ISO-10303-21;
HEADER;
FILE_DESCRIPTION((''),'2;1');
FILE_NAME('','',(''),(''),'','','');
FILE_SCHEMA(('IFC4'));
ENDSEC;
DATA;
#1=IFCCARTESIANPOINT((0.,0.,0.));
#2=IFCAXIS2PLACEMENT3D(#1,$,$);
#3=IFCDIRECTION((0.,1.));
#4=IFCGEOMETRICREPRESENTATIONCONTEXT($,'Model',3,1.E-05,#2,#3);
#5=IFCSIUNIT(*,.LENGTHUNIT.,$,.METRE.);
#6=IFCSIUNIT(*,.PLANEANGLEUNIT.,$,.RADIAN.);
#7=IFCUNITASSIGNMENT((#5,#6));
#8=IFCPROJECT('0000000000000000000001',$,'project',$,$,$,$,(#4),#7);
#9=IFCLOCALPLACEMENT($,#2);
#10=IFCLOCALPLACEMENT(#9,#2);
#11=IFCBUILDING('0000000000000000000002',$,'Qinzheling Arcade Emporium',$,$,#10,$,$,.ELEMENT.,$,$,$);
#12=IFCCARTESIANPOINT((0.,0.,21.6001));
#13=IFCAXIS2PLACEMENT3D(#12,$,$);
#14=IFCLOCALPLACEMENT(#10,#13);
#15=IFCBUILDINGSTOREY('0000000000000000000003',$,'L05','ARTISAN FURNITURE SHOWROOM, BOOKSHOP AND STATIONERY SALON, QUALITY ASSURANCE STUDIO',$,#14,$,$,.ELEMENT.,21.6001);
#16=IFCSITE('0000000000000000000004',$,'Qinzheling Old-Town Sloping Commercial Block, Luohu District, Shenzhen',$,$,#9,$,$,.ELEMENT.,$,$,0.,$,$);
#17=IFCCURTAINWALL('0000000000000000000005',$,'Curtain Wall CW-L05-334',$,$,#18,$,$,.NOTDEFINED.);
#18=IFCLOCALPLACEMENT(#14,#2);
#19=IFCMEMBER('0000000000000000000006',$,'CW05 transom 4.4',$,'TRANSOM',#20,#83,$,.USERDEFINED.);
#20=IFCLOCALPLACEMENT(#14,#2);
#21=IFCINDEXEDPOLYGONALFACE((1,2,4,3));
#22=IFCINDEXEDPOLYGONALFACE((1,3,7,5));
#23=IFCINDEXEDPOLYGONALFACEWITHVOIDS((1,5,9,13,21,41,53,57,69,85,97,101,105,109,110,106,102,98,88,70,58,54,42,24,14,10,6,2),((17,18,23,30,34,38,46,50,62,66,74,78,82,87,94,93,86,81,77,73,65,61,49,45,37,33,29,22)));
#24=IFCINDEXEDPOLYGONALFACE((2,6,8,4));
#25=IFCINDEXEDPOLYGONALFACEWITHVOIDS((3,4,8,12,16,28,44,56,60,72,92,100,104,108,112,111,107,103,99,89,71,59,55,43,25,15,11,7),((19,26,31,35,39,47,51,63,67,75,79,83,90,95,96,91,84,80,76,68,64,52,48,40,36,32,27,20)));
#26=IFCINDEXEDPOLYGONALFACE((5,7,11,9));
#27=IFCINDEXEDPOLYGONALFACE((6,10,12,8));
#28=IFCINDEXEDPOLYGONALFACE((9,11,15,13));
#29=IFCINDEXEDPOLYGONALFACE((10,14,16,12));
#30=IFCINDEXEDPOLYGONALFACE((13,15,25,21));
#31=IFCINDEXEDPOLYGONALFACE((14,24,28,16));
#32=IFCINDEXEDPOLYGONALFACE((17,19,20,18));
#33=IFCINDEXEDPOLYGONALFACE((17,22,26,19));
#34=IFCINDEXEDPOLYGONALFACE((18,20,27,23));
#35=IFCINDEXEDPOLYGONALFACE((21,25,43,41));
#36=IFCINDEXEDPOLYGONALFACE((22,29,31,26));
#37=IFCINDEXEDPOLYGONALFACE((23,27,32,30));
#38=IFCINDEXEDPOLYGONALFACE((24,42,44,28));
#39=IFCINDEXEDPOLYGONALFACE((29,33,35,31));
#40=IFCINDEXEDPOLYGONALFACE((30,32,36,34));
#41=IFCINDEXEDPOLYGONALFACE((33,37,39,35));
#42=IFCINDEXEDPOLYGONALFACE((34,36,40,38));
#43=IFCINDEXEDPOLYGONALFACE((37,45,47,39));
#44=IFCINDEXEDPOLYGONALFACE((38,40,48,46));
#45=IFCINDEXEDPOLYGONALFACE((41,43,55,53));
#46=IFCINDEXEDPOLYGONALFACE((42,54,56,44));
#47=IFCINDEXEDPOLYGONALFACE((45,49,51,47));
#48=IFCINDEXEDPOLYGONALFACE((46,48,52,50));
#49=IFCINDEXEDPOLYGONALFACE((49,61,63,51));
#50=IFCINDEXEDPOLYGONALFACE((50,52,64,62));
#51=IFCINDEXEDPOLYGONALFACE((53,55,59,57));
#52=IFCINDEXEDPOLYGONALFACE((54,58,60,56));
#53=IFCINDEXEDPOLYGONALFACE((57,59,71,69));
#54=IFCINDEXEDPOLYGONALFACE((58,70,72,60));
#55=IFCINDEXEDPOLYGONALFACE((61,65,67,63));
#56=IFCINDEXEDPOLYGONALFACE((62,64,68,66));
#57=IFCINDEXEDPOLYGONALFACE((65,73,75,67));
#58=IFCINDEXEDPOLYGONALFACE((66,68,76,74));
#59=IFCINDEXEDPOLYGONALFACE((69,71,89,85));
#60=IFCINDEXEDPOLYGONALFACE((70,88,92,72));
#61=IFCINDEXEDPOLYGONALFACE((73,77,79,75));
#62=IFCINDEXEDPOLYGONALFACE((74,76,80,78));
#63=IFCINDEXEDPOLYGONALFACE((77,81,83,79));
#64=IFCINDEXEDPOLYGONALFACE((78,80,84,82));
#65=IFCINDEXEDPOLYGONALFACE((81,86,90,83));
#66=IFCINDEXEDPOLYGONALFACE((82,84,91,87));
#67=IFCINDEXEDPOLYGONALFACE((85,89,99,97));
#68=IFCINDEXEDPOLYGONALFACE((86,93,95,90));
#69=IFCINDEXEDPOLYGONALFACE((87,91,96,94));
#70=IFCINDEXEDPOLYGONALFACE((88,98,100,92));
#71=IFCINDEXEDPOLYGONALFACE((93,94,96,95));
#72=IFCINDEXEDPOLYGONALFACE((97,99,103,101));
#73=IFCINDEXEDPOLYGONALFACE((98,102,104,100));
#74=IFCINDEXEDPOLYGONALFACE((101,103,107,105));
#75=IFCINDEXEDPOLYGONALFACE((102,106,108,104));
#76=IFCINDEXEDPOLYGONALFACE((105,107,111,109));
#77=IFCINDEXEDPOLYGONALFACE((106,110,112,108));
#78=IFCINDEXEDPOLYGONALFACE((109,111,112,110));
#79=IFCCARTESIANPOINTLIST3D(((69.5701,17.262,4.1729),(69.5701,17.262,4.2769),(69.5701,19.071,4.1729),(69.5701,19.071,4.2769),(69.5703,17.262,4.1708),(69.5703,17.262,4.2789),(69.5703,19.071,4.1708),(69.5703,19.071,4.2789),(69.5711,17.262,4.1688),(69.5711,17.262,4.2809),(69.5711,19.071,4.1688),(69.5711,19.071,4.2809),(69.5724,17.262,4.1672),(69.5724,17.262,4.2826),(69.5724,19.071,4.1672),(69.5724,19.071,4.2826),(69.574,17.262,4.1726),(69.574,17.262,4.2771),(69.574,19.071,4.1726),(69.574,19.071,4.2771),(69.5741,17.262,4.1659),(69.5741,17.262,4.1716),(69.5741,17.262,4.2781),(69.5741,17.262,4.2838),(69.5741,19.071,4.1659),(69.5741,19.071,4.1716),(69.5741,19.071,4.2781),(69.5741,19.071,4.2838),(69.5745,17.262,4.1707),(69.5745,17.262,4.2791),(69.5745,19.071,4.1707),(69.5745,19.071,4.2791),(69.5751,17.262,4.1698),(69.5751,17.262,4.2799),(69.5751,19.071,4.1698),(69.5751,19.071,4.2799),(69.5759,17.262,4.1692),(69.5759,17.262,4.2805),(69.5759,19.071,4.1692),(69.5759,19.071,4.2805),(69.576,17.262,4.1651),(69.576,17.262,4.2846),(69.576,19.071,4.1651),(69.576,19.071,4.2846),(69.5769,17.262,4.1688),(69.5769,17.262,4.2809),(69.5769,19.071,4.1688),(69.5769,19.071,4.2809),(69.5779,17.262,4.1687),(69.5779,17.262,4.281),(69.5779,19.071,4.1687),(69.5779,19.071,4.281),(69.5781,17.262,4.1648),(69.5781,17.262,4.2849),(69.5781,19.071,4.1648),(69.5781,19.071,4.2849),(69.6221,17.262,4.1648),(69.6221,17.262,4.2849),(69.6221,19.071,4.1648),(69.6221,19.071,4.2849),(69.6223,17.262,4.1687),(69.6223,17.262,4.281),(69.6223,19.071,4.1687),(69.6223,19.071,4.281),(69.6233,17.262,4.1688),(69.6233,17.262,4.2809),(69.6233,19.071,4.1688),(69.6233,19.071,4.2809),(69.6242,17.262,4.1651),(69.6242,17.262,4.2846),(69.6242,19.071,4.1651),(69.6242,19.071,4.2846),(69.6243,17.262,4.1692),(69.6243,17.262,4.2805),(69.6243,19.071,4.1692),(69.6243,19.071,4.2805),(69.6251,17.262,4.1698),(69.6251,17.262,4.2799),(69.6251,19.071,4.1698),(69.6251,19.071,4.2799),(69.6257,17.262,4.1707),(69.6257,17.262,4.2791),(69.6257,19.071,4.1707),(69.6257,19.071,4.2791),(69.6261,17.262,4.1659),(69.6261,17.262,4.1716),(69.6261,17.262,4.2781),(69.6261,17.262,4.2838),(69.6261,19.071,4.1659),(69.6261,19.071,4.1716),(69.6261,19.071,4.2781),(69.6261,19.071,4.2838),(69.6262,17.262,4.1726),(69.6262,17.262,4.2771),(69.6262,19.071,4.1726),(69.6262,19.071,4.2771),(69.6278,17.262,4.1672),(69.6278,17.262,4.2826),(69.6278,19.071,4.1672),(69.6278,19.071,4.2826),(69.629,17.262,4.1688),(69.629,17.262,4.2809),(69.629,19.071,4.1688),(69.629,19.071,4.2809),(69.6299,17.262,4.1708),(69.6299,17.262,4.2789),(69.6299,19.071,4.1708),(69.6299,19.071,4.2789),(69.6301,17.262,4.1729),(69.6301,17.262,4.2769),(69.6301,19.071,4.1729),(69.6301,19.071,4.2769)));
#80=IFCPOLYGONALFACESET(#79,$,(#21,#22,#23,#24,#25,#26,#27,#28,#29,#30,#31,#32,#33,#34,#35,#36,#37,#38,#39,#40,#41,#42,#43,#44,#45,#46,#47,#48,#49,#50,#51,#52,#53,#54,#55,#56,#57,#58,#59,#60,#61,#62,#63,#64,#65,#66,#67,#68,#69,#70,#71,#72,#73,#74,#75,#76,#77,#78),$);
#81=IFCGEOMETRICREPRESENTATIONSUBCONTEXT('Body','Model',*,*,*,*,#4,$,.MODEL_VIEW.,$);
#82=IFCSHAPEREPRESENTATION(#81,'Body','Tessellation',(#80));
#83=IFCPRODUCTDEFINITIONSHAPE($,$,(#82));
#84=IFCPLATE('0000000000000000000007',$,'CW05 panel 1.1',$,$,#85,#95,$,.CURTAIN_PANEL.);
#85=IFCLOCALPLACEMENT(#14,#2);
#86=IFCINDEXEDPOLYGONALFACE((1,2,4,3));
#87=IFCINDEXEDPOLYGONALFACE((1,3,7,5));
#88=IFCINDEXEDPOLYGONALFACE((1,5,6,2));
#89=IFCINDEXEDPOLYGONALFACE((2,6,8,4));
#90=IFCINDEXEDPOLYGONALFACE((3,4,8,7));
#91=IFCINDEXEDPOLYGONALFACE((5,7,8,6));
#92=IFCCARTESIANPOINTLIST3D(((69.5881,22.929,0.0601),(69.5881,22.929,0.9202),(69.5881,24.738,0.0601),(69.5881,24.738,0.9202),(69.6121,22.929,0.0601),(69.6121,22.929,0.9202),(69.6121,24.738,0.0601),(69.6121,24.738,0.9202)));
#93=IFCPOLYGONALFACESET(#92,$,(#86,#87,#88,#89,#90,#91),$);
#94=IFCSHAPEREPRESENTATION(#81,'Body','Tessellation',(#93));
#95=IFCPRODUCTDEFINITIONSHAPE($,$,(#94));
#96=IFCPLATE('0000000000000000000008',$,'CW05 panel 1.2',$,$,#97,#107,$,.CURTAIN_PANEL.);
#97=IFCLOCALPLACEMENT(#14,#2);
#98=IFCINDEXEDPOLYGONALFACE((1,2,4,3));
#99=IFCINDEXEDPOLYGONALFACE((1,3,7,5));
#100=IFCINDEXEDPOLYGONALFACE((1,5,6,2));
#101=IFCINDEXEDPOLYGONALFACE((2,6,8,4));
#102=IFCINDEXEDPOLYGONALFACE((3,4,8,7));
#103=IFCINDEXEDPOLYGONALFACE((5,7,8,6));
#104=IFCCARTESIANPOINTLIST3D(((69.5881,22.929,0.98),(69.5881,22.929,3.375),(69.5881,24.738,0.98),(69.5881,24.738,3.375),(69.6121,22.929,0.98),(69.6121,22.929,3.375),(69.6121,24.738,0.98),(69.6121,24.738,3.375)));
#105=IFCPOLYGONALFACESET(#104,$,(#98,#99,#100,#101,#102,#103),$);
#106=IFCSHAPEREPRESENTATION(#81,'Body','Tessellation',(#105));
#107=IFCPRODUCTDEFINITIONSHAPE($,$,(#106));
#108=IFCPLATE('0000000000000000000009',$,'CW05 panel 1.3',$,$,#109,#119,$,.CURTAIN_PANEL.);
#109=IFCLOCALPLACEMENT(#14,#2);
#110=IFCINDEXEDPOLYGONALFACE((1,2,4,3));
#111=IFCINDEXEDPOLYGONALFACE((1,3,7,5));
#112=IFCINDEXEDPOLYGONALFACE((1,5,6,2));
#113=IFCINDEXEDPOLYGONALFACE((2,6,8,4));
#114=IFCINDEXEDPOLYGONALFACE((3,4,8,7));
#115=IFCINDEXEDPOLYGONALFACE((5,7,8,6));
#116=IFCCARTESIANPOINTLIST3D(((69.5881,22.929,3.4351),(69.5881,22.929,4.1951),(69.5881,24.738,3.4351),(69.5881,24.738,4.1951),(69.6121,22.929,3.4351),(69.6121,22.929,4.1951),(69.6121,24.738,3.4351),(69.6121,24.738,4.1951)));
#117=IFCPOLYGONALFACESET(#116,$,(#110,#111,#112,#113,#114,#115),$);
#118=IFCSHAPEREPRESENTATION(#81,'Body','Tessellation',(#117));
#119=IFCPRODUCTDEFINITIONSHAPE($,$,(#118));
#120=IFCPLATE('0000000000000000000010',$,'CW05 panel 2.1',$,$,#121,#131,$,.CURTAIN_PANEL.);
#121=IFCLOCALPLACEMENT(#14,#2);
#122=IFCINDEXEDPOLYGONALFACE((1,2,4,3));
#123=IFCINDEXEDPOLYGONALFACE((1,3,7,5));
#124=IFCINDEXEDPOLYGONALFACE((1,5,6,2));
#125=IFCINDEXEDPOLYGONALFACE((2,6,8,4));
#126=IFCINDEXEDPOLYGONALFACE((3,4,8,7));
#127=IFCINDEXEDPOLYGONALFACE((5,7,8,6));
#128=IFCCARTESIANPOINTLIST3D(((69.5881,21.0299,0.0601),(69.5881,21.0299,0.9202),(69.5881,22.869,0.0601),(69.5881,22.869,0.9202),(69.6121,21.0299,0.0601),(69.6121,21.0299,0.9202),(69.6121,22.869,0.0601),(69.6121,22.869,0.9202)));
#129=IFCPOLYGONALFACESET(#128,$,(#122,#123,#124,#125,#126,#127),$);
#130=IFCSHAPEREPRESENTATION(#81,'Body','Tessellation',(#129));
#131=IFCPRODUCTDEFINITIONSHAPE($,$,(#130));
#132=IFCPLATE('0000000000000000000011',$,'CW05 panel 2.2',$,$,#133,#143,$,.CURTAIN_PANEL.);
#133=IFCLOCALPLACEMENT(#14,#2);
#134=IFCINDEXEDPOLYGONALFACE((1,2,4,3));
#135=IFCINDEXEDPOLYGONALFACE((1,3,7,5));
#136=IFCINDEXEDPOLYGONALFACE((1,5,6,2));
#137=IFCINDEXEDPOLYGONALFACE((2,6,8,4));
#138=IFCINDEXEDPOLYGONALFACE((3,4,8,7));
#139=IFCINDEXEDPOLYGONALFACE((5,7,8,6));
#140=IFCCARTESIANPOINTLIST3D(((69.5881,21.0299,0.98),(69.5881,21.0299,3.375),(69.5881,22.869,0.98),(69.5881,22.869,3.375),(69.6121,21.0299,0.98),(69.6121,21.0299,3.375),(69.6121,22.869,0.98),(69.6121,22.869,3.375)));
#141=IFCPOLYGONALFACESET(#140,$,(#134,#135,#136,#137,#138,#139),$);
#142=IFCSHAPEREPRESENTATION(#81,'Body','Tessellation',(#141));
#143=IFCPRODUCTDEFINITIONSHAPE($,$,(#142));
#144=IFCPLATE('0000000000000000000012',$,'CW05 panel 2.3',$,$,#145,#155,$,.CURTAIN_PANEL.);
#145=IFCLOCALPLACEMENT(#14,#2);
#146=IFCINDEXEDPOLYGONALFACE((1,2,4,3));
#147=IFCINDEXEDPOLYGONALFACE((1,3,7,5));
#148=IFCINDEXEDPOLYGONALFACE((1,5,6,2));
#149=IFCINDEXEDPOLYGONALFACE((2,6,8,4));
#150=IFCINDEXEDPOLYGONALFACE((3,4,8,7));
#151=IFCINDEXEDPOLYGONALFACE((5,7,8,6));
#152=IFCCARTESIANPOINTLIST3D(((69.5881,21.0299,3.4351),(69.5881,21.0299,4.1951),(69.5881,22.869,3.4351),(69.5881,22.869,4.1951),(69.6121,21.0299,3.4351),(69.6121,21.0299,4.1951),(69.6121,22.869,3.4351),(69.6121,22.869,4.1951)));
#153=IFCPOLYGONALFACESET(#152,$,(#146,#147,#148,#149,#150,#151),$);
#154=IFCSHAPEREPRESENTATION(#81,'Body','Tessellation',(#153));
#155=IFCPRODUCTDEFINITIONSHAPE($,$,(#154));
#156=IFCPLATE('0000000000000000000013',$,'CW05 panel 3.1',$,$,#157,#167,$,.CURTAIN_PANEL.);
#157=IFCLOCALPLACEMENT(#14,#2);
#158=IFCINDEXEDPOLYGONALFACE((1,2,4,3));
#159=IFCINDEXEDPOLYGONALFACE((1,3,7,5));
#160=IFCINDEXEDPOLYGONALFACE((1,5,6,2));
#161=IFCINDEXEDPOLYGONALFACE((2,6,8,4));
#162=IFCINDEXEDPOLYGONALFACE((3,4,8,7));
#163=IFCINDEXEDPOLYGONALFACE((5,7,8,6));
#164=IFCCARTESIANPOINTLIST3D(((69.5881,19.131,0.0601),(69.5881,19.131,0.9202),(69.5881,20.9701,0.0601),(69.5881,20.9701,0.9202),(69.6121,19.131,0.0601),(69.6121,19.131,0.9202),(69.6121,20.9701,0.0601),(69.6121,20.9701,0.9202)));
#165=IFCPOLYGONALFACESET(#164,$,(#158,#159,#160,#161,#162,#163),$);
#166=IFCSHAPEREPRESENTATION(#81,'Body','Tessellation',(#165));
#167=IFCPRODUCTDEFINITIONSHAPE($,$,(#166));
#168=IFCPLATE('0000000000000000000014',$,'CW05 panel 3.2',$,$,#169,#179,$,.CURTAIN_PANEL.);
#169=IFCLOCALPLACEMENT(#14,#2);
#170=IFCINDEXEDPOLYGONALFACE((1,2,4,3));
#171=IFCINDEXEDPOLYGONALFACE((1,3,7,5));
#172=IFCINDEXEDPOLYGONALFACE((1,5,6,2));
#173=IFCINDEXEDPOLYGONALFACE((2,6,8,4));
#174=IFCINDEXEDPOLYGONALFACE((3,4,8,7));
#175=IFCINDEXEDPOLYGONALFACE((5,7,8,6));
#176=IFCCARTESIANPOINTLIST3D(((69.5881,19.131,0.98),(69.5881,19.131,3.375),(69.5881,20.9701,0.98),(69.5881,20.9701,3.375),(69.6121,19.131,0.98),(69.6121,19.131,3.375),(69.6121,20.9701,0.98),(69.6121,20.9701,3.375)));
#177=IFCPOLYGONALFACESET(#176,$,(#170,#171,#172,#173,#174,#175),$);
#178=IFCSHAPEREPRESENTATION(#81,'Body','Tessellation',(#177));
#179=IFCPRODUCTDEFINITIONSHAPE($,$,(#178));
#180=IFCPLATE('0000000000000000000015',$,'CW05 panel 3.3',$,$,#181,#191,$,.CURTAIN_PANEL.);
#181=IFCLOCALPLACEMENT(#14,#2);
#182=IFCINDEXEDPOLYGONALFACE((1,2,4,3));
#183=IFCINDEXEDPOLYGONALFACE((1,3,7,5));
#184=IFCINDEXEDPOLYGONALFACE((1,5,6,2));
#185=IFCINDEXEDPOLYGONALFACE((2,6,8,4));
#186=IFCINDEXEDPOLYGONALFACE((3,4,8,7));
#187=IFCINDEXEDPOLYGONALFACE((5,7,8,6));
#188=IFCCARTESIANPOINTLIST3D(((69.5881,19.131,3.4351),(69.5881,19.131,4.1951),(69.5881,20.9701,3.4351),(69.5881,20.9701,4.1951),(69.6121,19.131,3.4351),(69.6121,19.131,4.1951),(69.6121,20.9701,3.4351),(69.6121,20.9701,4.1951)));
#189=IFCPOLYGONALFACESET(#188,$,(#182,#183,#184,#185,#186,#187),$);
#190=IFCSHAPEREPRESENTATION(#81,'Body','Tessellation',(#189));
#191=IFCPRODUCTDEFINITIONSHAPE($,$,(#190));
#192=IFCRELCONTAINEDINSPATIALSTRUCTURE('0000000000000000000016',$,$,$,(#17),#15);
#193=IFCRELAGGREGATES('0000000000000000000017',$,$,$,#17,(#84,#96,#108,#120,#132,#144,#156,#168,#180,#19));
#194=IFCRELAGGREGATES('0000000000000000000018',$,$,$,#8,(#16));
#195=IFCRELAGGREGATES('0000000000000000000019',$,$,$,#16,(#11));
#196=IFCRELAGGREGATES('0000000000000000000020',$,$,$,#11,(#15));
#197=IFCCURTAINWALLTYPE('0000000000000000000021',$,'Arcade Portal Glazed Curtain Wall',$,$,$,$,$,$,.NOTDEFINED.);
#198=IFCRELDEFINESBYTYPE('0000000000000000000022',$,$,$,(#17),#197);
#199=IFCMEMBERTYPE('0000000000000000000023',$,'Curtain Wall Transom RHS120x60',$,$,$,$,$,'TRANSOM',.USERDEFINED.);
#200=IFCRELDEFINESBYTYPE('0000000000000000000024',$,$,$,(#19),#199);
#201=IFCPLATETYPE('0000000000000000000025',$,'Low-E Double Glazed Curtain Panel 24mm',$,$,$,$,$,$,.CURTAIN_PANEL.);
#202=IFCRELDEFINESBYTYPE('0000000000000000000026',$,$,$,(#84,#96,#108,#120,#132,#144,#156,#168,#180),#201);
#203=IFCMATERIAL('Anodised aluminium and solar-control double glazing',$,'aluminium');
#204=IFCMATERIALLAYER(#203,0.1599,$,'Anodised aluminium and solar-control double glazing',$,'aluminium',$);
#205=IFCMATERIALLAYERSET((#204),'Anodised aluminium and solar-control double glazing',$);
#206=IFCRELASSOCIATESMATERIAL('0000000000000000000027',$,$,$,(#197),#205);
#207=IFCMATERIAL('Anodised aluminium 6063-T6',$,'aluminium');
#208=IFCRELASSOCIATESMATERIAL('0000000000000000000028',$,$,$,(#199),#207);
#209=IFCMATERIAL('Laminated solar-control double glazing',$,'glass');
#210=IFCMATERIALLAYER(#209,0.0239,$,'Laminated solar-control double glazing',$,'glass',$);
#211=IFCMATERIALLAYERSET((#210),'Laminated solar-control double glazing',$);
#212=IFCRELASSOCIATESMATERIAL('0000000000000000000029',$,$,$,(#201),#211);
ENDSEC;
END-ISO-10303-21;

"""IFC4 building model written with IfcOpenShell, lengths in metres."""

from ifc_helpers import new_model, si_unit, direction, frame, origin, origin_2d, place, context, subcontext, project, spatial, rectangle, hollow_rectangle, extrude, material, layer, layer_set, material_profile, profile_set, type_object, element, aggregate, save


model = new_model("IFC4")

# Units and contexts
model_context = context("Model", 3, precision=1e-05, world=origin(), true_north=direction((0.0, 1.0)))
body_context = subcontext(model_context, "Body", "Model", "MODEL_VIEW")
ifc_project = project(units=[si_unit("LENGTHUNIT", "METRE"), si_unit("PLANEANGLEUNIT", "RADIAN")], contexts=[model_context])

# Site, building, storey
site_placement = place(None, origin())
site = spatial("IfcSite", under=ifc_project, at=site_placement, Name="Qinzheling Old-Town Sloping Commercial Block, Luohu District, Shenzhen", CompositionType="ELEMENT", RefElevation=0.0)
building_placement = place(site_placement, origin())
building = spatial("IfcBuilding", under=site, at=building_placement, Name="Qinzheling Arcade Emporium", CompositionType="ELEMENT")
storey_placement = place(building_placement, frame((0.0, 0.0, 21.6001)))
storey = spatial("IfcBuildingStorey", under=building, at=storey_placement, Name="L05", Description="ARTISAN FURNITURE SHOWROOM, BOOKSHOP AND STATIONERY SALON, QUALITY ASSURANCE STUDIO", CompositionType="ELEMENT", Elevation=21.6001)

# Curtain wall, member, plates
ifc_material_1 = material(Name="Anodised aluminium and solar-control double glazing", Category="aluminium")
ifc_layer_1 = layer(ifc_material_1, 0.1599, Name="Anodised aluminium and solar-control double glazing", Category="aluminium")
ifc_layer_set_1 = layer_set([ifc_layer_1], Name="Anodised aluminium and solar-control double glazing")
curtain_wall_type = type_object("IfcCurtainWallType", Name="Arcade Portal Glazed Curtain Wall", PredefinedType="NOTDEFINED", material=ifc_layer_set_1)
curtain_wall_placement = place(storey_placement, origin())
curtain_wall = element("IfcCurtainWall", 1, at=curtain_wall_placement, inside=storey, type_object=curtain_wall_type, Name="Curtain Wall CW-L05-334", PredefinedType="NOTDEFINED")
ifc_material_2 = material(Name="Anodised aluminium 6063-T6", Category="aluminium")
ifc_material_profile_1 = material_profile(ifc_material_2, hollow_rectangle(XDim=0.0601, YDim=0.1201, WallThickness=0.0039, InnerFilletRadius=0.0039, OuterFilletRadius=0.0081, at=origin_2d()), Name="RHS 120x60x4", Category="aluminium")
ifc_profile_set_1 = profile_set([ifc_material_profile_1], Name="Anodised aluminium 6063-T6")
member_type_1 = type_object("IfcMemberType", Name="Curtain Wall Transom RHS120x60", ElementType="TRANSOM", PredefinedType="USERDEFINED", material=ifc_profile_set_1)
member_1_placement = place(storey_placement, frame((69.6001, 19.071, 4.2249), z_axis=(0.0, -1.0, 0.0), x_axis=(1.0, 0.0, 0.0)))
member_1 = element("IfcMember", 2, at=member_1_placement, type_object=member_type_1, Name="CW05 transom 4.4", ObjectType="TRANSOM", PredefinedType="USERDEFINED", context=body_context, shape_type="SweptSolid", body=[
    extrude(hollow_rectangle(XDim=0.0601, YDim=0.1201, WallThickness=0.0039, InnerFilletRadius=0.0039, OuterFilletRadius=0.0081, at=origin_2d()), origin(), (0.0, 0.0, 1.0), 1.8091),
])
ifc_material_3 = material(Name="Laminated solar-control double glazing", Category="glass")
ifc_layer_2 = layer(ifc_material_3, 0.0239, Name="Laminated solar-control double glazing", Category="glass")
ifc_layer_set_2 = layer_set([ifc_layer_2], Name="Laminated solar-control double glazing")
plate_type = type_object("IfcPlateType", Name="Low-E Double Glazed Curtain Panel 24mm", PredefinedType="CURTAIN_PANEL", material=ifc_layer_set_2)
plate_1_placement = place(storey_placement, frame((69.6001, 23.8335, 0.0601), z_axis=(0.0, 0.0, 1.0), x_axis=(0.0, -1.0, 0.0)))
plate_1 = element("IfcPlate", 3, at=plate_1_placement, type_object=plate_type, Name="CW05 panel 1.1", PredefinedType="CURTAIN_PANEL", context=body_context, shape_type="SweptSolid", body=[
    extrude(rectangle(XDim=1.8091, YDim=0.0239, at=origin_2d()), origin(), (0.0, 0.0, 1.0), 0.8601),
])
plate_2_placement = place(storey_placement, frame((69.6001, 23.8335, 0.98), z_axis=(0.0, 0.0, 1.0), x_axis=(0.0, -1.0, 0.0)))
plate_2 = element("IfcPlate", 4, at=plate_2_placement, type_object=plate_type, Name="CW05 panel 1.2", PredefinedType="CURTAIN_PANEL", context=body_context, shape_type="SweptSolid", body=[
    extrude(rectangle(XDim=1.8091, YDim=0.0239, at=origin_2d()), origin(), (0.0, 0.0, 1.0), 2.395),
])
plate_3_placement = place(storey_placement, frame((69.6001, 23.8335, 3.4351), z_axis=(0.0, 0.0, 1.0), x_axis=(0.0, -1.0, 0.0)))
plate_3 = element("IfcPlate", 5, at=plate_3_placement, type_object=plate_type, Name="CW05 panel 1.3", PredefinedType="CURTAIN_PANEL", context=body_context, shape_type="SweptSolid", body=[
    extrude(rectangle(XDim=1.8091, YDim=0.0239, at=origin_2d()), origin(), (0.0, 0.0, 1.0), 0.76),
])
plate_4_placement = place(storey_placement, frame((69.6001, 21.9495, 0.0601), z_axis=(0.0, 0.0, 1.0), x_axis=(0.0, -1.0, 0.0)))
plate_4 = element("IfcPlate", 6, at=plate_4_placement, type_object=plate_type, Name="CW05 panel 2.1", PredefinedType="CURTAIN_PANEL", context=body_context, shape_type="SweptSolid", body=[
    extrude(rectangle(XDim=1.8391, YDim=0.0239, at=origin_2d()), origin(), (0.0, 0.0, 1.0), 0.8601),
])
plate_5_placement = place(storey_placement, frame((69.6001, 21.9495, 0.98), z_axis=(0.0, 0.0, 1.0), x_axis=(0.0, -1.0, 0.0)))
plate_5 = element("IfcPlate", 7, at=plate_5_placement, type_object=plate_type, Name="CW05 panel 2.2", PredefinedType="CURTAIN_PANEL", context=body_context, shape_type="SweptSolid", body=[
    extrude(rectangle(XDim=1.8391, YDim=0.0239, at=origin_2d()), origin(), (0.0, 0.0, 1.0), 2.395),
])
plate_6_placement = place(storey_placement, frame((69.6001, 21.9495, 3.4351), z_axis=(0.0, 0.0, 1.0), x_axis=(0.0, -1.0, 0.0)))
plate_6 = element("IfcPlate", 8, at=plate_6_placement, type_object=plate_type, Name="CW05 panel 2.3", PredefinedType="CURTAIN_PANEL", context=body_context, shape_type="SweptSolid", body=[
    extrude(rectangle(XDim=1.8391, YDim=0.0239, at=origin_2d()), origin(), (0.0, 0.0, 1.0), 0.76),
])
plate_7_placement = place(storey_placement, frame((69.6001, 20.0505, 0.0601), z_axis=(0.0, 0.0, 1.0), x_axis=(0.0, -1.0, 0.0)))
plate_7 = element("IfcPlate", 9, at=plate_7_placement, type_object=plate_type, Name="CW05 panel 3.1", PredefinedType="CURTAIN_PANEL", context=body_context, shape_type="SweptSolid", body=[
    extrude(rectangle(XDim=1.8391, YDim=0.0239, at=origin_2d()), origin(), (0.0, 0.0, 1.0), 0.8601),
])
plate_8_placement = place(storey_placement, frame((69.6001, 20.0505, 0.98), z_axis=(0.0, 0.0, 1.0), x_axis=(0.0, -1.0, 0.0)))
plate_8 = element("IfcPlate", 10, at=plate_8_placement, type_object=plate_type, Name="CW05 panel 3.2", PredefinedType="CURTAIN_PANEL", context=body_context, shape_type="SweptSolid", body=[
    extrude(rectangle(XDim=1.8391, YDim=0.0239, at=origin_2d()), origin(), (0.0, 0.0, 1.0), 2.395),
])
plate_9_placement = place(storey_placement, frame((69.6001, 20.0505, 3.4351), z_axis=(0.0, 0.0, 1.0), x_axis=(0.0, -1.0, 0.0)))
plate_9 = element("IfcPlate", 11, at=plate_9_placement, type_object=plate_type, Name="CW05 panel 3.3", PredefinedType="CURTAIN_PANEL", context=body_context, shape_type="SweptSolid", body=[
    extrude(rectangle(XDim=1.8391, YDim=0.0239, at=origin_2d()), origin(), (0.0, 0.0, 1.0), 0.76),
])
aggregate(curtain_wall, [plate_1, plate_2, plate_3, plate_4, plate_5, plate_6, plate_7, plate_8, plate_9, member_1])

save(model, "model.ifc")
